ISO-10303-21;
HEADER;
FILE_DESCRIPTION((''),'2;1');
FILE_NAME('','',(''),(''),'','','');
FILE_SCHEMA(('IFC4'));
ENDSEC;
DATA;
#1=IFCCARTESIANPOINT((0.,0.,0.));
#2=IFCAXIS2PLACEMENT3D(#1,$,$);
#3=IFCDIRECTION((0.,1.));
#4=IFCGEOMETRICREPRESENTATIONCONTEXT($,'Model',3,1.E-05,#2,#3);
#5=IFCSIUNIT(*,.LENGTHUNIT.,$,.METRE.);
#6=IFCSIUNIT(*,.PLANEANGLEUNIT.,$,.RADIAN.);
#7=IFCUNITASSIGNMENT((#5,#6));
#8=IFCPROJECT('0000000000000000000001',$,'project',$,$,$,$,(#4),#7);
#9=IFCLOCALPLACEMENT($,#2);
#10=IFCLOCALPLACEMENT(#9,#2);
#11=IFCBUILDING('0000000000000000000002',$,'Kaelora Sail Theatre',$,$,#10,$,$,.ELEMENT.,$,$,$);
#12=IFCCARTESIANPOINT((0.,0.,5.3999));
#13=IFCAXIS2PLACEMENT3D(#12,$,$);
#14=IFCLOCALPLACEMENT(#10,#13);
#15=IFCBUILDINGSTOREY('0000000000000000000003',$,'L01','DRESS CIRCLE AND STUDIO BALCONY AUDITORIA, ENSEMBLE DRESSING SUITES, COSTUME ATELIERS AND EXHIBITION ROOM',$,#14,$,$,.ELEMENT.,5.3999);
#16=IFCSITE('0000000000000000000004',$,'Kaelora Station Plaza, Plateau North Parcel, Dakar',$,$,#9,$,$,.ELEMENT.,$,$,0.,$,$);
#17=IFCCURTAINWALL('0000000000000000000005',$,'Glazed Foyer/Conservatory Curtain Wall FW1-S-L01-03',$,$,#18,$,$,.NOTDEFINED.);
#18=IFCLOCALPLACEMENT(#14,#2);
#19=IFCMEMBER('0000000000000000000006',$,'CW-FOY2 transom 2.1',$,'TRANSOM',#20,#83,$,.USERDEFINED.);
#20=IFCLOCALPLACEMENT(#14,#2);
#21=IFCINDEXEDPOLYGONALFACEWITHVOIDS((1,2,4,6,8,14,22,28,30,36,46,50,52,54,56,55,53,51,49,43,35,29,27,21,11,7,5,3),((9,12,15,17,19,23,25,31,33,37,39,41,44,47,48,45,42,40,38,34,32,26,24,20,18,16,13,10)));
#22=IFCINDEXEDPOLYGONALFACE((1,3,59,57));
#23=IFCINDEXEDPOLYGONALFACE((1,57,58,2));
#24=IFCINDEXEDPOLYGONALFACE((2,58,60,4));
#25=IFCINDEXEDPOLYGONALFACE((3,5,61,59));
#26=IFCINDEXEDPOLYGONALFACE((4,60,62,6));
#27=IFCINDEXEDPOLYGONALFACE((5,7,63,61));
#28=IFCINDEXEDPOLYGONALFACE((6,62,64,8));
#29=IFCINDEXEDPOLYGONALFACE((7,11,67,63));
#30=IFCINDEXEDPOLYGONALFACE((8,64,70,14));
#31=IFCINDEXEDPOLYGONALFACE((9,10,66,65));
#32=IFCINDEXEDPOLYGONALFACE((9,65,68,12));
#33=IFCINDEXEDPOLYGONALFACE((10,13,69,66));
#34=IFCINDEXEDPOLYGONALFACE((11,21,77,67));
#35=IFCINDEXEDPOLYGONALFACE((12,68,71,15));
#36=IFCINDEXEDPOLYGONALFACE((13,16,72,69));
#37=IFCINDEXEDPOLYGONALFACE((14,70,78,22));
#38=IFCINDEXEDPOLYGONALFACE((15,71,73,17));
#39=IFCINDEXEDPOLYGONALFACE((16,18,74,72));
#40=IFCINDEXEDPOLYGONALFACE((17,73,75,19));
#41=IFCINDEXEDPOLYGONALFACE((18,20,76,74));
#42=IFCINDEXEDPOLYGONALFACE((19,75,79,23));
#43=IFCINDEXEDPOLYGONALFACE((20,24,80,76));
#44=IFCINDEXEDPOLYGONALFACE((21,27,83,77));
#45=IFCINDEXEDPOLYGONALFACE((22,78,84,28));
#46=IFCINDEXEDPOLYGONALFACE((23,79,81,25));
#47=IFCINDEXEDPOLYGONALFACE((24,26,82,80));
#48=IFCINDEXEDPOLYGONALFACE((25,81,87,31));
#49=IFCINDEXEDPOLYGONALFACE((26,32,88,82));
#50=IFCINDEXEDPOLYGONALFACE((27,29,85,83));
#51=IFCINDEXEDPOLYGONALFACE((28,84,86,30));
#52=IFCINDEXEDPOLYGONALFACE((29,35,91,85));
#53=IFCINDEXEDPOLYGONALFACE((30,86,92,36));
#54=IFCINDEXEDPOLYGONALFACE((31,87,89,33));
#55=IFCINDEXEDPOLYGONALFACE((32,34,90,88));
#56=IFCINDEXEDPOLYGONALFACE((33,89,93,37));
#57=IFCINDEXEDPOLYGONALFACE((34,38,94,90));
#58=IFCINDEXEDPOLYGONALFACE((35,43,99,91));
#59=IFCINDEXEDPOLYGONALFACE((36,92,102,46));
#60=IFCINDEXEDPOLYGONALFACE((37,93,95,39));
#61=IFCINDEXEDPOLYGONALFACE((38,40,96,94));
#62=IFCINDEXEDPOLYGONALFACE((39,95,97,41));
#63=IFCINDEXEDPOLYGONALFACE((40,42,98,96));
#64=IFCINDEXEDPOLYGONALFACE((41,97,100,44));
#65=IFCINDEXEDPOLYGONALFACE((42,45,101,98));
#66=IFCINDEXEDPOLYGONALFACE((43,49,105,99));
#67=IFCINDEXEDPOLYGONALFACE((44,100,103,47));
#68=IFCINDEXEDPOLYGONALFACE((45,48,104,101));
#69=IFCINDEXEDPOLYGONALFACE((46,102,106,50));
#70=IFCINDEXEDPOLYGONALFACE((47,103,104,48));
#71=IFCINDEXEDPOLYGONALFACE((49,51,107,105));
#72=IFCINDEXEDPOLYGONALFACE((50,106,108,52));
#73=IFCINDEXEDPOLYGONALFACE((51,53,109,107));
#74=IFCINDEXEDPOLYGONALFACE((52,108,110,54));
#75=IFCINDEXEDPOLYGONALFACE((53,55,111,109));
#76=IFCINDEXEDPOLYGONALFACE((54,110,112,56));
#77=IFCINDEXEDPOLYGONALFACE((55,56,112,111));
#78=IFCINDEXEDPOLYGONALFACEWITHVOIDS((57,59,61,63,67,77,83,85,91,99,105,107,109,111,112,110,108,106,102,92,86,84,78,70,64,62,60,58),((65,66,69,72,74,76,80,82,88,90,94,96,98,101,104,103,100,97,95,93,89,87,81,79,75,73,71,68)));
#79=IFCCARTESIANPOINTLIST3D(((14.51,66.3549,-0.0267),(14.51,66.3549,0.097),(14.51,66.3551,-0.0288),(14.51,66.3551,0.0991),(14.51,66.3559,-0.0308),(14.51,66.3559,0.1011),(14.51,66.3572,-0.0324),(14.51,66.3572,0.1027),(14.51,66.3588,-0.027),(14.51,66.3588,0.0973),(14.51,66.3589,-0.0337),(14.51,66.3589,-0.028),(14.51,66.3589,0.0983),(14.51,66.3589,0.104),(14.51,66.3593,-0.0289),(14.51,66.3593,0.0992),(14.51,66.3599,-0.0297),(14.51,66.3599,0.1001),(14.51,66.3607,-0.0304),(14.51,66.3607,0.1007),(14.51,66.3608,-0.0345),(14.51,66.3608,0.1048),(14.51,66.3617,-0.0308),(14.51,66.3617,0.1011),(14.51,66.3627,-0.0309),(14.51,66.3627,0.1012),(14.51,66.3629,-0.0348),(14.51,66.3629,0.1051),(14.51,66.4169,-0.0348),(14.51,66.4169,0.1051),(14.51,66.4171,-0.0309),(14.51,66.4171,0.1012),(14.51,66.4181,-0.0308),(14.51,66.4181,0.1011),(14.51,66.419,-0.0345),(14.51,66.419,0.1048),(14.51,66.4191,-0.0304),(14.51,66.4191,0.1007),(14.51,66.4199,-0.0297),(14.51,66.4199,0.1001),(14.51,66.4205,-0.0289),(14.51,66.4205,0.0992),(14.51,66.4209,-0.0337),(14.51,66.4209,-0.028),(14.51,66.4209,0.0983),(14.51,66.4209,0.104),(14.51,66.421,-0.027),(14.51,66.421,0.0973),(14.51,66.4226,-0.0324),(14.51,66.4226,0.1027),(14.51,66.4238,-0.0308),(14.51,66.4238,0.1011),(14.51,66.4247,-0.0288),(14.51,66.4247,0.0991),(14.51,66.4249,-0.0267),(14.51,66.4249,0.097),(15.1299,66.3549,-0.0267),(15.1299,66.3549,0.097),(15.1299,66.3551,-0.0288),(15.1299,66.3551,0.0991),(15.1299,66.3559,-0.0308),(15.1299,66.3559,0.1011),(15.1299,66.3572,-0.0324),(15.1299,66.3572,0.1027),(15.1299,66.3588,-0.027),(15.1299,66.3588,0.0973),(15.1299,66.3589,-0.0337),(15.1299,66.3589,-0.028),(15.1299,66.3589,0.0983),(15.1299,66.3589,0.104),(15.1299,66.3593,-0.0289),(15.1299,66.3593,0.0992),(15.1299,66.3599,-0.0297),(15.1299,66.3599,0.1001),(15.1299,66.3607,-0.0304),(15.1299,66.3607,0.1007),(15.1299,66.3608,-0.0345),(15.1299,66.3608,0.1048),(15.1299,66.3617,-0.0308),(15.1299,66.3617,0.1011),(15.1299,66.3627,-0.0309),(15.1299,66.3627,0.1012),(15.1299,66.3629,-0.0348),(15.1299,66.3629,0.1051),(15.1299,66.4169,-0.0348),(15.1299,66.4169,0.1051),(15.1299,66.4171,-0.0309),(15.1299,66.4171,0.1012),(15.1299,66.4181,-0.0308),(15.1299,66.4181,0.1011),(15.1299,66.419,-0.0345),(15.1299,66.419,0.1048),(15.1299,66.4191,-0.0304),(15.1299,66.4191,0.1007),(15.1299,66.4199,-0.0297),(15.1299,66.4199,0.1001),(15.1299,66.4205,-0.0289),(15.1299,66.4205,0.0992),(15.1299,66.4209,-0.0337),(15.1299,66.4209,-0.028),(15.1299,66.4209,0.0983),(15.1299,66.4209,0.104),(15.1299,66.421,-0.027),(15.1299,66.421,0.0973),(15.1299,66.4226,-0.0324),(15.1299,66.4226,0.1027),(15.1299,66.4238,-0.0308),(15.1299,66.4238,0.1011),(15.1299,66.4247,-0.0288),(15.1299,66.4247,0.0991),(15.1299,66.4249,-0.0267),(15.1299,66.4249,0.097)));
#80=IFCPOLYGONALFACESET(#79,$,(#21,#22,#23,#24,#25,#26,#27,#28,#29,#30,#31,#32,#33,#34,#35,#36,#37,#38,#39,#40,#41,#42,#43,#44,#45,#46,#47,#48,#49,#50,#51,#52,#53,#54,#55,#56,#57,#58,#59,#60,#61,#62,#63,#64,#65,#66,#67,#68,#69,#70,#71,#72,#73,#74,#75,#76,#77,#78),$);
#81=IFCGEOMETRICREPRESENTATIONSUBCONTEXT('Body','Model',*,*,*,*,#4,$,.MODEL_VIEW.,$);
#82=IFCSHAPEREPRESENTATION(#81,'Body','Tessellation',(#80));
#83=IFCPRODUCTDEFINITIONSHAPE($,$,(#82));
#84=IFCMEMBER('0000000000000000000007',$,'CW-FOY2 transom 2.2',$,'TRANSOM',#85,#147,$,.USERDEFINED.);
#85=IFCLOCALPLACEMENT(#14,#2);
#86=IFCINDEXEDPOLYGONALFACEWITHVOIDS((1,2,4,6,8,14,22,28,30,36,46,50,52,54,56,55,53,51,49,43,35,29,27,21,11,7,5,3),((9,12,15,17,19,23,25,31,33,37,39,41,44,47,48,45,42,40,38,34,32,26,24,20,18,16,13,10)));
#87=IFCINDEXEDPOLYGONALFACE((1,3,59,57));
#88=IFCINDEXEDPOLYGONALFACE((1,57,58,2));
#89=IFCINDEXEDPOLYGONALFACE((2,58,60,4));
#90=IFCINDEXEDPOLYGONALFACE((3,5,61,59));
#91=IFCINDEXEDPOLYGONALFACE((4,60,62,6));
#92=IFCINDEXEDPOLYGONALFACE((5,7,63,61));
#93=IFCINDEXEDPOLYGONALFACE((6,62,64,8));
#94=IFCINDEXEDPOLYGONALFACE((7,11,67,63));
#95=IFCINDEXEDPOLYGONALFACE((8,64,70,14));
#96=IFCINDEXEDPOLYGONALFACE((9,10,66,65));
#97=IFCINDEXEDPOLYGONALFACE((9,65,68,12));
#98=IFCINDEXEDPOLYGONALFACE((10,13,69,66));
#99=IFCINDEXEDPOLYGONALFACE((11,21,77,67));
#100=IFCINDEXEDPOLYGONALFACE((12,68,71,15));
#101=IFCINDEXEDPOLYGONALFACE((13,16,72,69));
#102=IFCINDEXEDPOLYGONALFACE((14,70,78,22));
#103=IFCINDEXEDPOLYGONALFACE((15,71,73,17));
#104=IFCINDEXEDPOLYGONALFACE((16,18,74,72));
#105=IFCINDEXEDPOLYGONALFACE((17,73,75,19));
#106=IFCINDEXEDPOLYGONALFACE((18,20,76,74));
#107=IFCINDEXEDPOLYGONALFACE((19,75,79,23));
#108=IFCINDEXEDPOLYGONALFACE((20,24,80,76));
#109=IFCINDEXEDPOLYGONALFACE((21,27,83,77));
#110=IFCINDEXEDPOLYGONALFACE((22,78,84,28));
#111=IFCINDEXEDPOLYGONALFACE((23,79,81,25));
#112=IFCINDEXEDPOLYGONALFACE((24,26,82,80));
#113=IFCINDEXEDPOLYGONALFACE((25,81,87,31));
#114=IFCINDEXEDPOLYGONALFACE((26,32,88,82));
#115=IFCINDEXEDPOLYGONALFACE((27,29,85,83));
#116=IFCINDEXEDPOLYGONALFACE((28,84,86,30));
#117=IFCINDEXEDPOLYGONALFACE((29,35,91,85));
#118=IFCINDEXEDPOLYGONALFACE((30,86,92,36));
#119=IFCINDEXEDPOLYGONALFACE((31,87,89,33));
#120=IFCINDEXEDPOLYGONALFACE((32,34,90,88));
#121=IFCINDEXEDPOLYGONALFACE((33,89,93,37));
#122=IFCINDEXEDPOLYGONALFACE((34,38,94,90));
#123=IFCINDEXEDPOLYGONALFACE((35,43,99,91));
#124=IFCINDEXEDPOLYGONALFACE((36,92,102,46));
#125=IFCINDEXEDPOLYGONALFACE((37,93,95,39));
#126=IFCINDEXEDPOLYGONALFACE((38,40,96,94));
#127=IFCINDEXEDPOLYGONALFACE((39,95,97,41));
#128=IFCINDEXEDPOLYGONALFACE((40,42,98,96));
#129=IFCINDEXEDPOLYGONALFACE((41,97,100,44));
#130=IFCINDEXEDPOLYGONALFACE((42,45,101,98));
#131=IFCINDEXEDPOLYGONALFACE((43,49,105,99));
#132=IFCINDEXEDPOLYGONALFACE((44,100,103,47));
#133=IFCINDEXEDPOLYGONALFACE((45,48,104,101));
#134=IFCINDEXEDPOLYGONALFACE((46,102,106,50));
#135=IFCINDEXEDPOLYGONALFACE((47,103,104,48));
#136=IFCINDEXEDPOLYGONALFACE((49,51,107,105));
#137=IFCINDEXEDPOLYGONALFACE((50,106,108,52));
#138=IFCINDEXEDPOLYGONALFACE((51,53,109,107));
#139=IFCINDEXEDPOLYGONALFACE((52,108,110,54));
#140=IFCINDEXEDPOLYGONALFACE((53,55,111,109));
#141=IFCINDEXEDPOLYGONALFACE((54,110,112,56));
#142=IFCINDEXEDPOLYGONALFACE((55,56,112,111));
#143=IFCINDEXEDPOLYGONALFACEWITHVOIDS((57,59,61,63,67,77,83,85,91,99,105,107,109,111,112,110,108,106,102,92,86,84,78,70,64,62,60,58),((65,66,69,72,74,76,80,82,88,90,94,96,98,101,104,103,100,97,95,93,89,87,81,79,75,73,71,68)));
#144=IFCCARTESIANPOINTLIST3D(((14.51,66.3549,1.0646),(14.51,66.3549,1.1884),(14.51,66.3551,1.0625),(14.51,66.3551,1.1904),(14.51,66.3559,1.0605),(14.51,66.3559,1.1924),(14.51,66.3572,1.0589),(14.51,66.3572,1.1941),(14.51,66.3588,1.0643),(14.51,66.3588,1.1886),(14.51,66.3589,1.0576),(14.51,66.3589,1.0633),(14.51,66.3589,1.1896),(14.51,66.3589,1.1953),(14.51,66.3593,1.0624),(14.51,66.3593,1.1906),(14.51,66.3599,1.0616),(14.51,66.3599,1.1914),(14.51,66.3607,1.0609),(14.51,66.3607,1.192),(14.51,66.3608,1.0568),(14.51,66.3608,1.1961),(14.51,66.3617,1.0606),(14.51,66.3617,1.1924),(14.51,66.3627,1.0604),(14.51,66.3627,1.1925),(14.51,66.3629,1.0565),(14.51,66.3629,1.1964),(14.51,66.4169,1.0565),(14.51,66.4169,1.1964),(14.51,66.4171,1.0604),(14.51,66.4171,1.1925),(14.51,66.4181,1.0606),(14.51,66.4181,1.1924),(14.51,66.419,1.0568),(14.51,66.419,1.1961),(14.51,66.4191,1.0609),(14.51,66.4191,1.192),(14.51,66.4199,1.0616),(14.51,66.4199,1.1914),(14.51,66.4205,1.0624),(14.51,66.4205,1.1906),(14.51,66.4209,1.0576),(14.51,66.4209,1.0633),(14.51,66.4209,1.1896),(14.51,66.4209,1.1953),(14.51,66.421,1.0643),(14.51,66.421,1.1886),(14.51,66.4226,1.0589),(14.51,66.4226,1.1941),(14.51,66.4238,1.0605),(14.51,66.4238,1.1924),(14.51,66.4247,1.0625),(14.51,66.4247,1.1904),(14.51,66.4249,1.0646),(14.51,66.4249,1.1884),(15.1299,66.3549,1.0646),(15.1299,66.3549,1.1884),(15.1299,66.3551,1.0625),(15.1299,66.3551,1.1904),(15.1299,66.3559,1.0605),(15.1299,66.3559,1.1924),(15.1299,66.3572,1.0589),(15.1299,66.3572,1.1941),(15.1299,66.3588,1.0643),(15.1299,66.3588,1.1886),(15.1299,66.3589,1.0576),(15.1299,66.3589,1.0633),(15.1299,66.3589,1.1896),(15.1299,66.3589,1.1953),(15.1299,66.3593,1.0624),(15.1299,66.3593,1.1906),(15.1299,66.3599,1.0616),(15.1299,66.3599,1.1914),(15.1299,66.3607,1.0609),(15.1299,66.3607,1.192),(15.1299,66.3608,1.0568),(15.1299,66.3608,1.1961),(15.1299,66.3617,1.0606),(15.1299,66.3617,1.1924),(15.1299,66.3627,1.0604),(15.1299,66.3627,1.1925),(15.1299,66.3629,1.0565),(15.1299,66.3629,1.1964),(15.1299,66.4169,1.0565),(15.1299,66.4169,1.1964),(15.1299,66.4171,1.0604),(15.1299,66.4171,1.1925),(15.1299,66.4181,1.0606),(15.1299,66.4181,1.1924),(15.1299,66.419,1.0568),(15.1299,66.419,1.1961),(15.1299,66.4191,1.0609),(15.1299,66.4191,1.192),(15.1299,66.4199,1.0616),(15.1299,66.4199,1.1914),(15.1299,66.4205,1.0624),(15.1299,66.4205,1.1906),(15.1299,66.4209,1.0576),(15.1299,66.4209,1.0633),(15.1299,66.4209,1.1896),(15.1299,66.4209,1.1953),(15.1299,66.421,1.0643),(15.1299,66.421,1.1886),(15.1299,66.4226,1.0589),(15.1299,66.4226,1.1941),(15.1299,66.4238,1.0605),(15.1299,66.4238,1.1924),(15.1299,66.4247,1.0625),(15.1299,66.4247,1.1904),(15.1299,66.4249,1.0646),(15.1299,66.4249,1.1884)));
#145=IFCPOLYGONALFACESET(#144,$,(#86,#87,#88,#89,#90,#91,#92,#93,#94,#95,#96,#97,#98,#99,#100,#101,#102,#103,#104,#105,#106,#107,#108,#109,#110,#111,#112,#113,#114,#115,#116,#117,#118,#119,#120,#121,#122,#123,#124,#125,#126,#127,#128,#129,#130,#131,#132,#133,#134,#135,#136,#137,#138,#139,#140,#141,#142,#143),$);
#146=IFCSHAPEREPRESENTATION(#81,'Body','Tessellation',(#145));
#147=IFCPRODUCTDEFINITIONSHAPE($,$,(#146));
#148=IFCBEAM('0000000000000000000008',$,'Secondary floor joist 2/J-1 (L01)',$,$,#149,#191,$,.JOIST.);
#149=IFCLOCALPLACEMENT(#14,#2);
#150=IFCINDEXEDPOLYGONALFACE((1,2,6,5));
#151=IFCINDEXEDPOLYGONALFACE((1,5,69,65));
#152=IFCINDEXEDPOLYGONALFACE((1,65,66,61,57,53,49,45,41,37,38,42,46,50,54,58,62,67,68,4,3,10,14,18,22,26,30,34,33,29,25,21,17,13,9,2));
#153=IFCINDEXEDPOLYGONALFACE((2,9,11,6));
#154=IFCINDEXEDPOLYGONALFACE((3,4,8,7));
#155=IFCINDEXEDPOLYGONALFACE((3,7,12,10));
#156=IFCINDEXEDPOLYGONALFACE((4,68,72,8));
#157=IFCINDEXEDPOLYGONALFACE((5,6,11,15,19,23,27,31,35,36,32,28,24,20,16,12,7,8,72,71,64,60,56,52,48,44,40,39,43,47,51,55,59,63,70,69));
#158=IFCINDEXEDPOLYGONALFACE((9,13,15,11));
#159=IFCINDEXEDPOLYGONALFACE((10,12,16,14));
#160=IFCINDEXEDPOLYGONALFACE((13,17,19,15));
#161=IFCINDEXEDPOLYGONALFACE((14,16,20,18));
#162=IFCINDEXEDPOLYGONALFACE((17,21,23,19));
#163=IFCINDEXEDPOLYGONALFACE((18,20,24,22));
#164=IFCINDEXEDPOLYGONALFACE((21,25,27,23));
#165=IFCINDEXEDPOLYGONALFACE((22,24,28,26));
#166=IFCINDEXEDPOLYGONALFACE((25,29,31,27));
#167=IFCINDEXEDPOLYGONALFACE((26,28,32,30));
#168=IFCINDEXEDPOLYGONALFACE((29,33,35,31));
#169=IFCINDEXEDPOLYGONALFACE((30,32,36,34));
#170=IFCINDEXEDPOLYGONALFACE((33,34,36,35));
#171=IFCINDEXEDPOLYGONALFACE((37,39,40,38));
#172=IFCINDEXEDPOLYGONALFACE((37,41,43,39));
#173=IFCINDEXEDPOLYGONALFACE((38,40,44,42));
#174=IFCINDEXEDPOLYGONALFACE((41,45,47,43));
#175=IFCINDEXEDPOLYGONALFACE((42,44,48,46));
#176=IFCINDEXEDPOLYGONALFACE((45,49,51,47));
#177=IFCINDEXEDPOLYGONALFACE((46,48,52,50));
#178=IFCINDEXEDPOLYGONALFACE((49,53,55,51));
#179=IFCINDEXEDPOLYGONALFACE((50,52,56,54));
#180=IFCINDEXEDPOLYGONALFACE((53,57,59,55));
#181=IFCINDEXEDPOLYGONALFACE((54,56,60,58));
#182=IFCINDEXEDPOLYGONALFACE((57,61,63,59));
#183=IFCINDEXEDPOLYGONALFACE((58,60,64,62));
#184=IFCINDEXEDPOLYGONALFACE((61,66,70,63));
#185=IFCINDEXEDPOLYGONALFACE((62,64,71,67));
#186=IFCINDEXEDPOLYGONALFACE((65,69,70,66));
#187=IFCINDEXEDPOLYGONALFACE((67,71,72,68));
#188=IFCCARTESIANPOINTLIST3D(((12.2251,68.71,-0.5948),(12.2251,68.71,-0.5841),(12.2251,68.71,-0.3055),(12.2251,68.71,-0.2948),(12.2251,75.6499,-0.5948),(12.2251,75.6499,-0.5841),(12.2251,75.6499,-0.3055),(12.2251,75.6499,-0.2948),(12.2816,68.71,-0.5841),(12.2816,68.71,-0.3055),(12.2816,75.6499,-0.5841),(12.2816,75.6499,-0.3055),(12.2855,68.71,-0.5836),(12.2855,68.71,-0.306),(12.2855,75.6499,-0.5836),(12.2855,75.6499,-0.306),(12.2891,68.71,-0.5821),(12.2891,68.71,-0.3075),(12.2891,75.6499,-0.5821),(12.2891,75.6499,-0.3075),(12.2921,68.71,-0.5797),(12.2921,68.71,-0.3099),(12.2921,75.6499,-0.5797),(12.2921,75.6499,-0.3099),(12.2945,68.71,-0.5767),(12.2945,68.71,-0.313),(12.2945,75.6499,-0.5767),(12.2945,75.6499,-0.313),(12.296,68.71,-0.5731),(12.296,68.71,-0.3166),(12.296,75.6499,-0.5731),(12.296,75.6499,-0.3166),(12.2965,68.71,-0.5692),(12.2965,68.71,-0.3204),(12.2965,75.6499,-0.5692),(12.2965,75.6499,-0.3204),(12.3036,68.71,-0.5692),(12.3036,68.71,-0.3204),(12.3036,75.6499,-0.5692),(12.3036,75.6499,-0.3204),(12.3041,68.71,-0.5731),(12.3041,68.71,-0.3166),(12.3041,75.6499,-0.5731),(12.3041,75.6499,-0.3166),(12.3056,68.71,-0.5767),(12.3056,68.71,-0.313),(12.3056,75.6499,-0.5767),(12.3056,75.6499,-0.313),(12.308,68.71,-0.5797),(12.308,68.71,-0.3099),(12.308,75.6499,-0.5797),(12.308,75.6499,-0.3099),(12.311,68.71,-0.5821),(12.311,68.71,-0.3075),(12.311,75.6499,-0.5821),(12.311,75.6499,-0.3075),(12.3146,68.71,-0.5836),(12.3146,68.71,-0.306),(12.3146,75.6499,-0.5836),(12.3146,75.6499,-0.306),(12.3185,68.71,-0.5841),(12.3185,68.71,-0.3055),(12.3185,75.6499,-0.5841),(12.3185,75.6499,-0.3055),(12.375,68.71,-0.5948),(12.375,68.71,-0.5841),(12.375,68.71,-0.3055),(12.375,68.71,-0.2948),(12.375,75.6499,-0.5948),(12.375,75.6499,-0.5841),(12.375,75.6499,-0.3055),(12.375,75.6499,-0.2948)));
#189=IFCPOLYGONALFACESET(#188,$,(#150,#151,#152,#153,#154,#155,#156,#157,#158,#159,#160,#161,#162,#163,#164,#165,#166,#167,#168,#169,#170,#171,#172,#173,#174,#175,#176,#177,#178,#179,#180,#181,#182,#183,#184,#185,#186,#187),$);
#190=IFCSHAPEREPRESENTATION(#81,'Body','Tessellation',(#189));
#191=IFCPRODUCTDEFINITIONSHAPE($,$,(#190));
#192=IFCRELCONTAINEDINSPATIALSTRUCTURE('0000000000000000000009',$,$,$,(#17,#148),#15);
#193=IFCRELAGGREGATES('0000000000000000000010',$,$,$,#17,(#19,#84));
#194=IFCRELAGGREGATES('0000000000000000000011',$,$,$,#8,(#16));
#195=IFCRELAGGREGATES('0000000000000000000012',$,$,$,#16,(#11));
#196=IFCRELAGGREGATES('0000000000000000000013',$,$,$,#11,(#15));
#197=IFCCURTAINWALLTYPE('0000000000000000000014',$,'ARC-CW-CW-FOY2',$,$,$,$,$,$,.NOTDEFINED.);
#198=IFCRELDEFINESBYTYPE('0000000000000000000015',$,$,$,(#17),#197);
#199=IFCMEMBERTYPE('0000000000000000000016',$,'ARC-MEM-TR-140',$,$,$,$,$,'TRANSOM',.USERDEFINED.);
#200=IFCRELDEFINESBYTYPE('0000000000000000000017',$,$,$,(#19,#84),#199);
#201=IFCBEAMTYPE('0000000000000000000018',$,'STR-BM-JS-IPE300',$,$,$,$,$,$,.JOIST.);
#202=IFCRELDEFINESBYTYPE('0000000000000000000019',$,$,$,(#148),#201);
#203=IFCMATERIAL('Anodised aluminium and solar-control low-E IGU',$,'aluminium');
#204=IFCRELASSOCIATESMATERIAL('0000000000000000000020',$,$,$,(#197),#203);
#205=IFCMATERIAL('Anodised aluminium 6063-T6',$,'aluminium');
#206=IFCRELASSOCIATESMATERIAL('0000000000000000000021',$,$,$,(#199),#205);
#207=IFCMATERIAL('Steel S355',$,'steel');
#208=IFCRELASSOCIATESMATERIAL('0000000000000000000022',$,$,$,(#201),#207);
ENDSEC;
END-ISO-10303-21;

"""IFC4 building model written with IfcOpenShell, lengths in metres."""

from ifc_helpers import new_model, si_unit, direction, frame, origin, origin_2d, place, context, subcontext, project, spatial, hollow_rectangle, i_section, extrude, material, material_profile, profile_set, type_object, element, aggregate, save


model = new_model("IFC4")

# Units and contexts
model_context = context("Model", 3, precision=1e-05, world=origin(), true_north=direction((0.0, 1.0)))
body_context = subcontext(model_context, "Body", "Model", "MODEL_VIEW")
ifc_project = project(units=[si_unit("LENGTHUNIT", "METRE"), si_unit("PLANEANGLEUNIT", "RADIAN")], contexts=[model_context])

# Site, building, storey
site_placement = place(None, origin())
site = spatial("IfcSite", under=ifc_project, at=site_placement, Name="Kaelora Station Plaza, Plateau North Parcel, Dakar", CompositionType="ELEMENT", RefElevation=0.0)
building_placement = place(site_placement, origin())
building = spatial("IfcBuilding", under=site, at=building_placement, Name="Kaelora Sail Theatre", CompositionType="ELEMENT")
storey_placement = place(building_placement, frame((0.0, 0.0, 5.3999)))
storey = spatial("IfcBuildingStorey", under=building, at=storey_placement, Name="L01", Description="DRESS CIRCLE AND STUDIO BALCONY AUDITORIA, ENSEMBLE DRESSING SUITES, COSTUME ATELIERS AND EXHIBITION ROOM", CompositionType="ELEMENT", Elevation=5.3999)

# Curtain wall
ifc_material_1 = material(Name="Anodised aluminium and solar-control low-E IGU", Category="aluminium")
curtain_wall_type = type_object("IfcCurtainWallType", Name="ARC-CW-CW-FOY2", PredefinedType="NOTDEFINED", material=ifc_material_1)
curtain_wall_1_placement = place(storey_placement, origin())
curtain_wall_1 = element("IfcCurtainWall", 1, at=curtain_wall_1_placement, inside=storey, type_object=curtain_wall_type, Name="Glazed Foyer/Conservatory Curtain Wall FW1-S-L01-03", PredefinedType="NOTDEFINED")

# Members
ifc_material_2 = material(Name="Anodised aluminium 6063-T6", Category="aluminium")
ifc_material_profile_1 = material_profile(ifc_material_2, hollow_rectangle(XDim=0.0701, YDim=0.1399, WallThickness=0.0039, InnerFilletRadius=0.0039, OuterFilletRadius=0.0081, at=origin_2d()), Name="ALU-TRAN 70x140x4")
ifc_profile_set_1 = profile_set([ifc_material_profile_1], Name="Anodised aluminium 6063-T6")
member_type_1 = type_object("IfcMemberType", Name="ARC-MEM-TR-140", ElementType="TRANSOM", PredefinedType="USERDEFINED", material=ifc_profile_set_1)
member_1_placement = place(storey_placement, frame((14.51, 66.3899, 0.0352), z_axis=(1.0, 0.0, 0.0), x_axis=(0.0, 1.0, 0.0)))
member_1 = element("IfcMember", 2, at=member_1_placement, type_object=member_type_1, Name="CW-FOY2 transom 2.1", ObjectType="TRANSOM", PredefinedType="USERDEFINED", context=body_context, shape_type="SweptSolid", body=[
    extrude(hollow_rectangle(XDim=0.0701, YDim=0.1399, WallThickness=0.0039, InnerFilletRadius=0.0039, OuterFilletRadius=0.0081, at=origin_2d()), origin(), (0.0, 0.0, 1.0), 0.6199),
])
member_2_placement = place(storey_placement, frame((14.51, 66.3899, 1.1265), z_axis=(1.0, 0.0, 0.0), x_axis=(0.0, 1.0, 0.0)))
member_2 = element("IfcMember", 3, at=member_2_placement, type_object=member_type_1, Name="CW-FOY2 transom 2.2", ObjectType="TRANSOM", PredefinedType="USERDEFINED", context=body_context, shape_type="SweptSolid", body=[
    extrude(hollow_rectangle(XDim=0.0701, YDim=0.1399, WallThickness=0.0039, InnerFilletRadius=0.0039, OuterFilletRadius=0.0081, at=origin_2d()), origin(), (0.0, 0.0, 1.0), 0.6199),
])

# Beam
ifc_material_3 = material(Name="Steel S355", Category="steel")
ifc_material_profile_2 = material_profile(ifc_material_3, i_section(OverallWidth=0.1499, OverallDepth=0.3, WebThickness=0.0071, FlangeThickness=0.0107, FilletRadius=0.0149, at=origin_2d()), Name="IPE 300")
ifc_profile_set_2 = profile_set([ifc_material_profile_2], Name="Steel S355")
beam_type = type_object("IfcBeamType", Name="STR-BM-JS-IPE300", PredefinedType="JOIST", material=ifc_profile_set_2)
beam_placement = place(storey_placement, frame((12.3, 68.71, -0.4448), z_axis=(0.0, 1.0, 0.0), x_axis=(-1.0, 0.0, 0.0)))
element("IfcBeam", 4, at=beam_placement, inside=storey, type_object=beam_type, Name="Secondary floor joist 2/J-1 (L01)", PredefinedType="JOIST", context=body_context, shape_type="SweptSolid", body=[
    extrude(i_section(OverallWidth=0.1499, OverallDepth=0.3, WebThickness=0.0071, FlangeThickness=0.0107, FilletRadius=0.0149, at=origin_2d()), origin(), (0.0, 0.0, 1.0), 6.9399),
])

aggregate(curtain_wall_1, [member_1, member_2])

save(model, "model.ifc")
